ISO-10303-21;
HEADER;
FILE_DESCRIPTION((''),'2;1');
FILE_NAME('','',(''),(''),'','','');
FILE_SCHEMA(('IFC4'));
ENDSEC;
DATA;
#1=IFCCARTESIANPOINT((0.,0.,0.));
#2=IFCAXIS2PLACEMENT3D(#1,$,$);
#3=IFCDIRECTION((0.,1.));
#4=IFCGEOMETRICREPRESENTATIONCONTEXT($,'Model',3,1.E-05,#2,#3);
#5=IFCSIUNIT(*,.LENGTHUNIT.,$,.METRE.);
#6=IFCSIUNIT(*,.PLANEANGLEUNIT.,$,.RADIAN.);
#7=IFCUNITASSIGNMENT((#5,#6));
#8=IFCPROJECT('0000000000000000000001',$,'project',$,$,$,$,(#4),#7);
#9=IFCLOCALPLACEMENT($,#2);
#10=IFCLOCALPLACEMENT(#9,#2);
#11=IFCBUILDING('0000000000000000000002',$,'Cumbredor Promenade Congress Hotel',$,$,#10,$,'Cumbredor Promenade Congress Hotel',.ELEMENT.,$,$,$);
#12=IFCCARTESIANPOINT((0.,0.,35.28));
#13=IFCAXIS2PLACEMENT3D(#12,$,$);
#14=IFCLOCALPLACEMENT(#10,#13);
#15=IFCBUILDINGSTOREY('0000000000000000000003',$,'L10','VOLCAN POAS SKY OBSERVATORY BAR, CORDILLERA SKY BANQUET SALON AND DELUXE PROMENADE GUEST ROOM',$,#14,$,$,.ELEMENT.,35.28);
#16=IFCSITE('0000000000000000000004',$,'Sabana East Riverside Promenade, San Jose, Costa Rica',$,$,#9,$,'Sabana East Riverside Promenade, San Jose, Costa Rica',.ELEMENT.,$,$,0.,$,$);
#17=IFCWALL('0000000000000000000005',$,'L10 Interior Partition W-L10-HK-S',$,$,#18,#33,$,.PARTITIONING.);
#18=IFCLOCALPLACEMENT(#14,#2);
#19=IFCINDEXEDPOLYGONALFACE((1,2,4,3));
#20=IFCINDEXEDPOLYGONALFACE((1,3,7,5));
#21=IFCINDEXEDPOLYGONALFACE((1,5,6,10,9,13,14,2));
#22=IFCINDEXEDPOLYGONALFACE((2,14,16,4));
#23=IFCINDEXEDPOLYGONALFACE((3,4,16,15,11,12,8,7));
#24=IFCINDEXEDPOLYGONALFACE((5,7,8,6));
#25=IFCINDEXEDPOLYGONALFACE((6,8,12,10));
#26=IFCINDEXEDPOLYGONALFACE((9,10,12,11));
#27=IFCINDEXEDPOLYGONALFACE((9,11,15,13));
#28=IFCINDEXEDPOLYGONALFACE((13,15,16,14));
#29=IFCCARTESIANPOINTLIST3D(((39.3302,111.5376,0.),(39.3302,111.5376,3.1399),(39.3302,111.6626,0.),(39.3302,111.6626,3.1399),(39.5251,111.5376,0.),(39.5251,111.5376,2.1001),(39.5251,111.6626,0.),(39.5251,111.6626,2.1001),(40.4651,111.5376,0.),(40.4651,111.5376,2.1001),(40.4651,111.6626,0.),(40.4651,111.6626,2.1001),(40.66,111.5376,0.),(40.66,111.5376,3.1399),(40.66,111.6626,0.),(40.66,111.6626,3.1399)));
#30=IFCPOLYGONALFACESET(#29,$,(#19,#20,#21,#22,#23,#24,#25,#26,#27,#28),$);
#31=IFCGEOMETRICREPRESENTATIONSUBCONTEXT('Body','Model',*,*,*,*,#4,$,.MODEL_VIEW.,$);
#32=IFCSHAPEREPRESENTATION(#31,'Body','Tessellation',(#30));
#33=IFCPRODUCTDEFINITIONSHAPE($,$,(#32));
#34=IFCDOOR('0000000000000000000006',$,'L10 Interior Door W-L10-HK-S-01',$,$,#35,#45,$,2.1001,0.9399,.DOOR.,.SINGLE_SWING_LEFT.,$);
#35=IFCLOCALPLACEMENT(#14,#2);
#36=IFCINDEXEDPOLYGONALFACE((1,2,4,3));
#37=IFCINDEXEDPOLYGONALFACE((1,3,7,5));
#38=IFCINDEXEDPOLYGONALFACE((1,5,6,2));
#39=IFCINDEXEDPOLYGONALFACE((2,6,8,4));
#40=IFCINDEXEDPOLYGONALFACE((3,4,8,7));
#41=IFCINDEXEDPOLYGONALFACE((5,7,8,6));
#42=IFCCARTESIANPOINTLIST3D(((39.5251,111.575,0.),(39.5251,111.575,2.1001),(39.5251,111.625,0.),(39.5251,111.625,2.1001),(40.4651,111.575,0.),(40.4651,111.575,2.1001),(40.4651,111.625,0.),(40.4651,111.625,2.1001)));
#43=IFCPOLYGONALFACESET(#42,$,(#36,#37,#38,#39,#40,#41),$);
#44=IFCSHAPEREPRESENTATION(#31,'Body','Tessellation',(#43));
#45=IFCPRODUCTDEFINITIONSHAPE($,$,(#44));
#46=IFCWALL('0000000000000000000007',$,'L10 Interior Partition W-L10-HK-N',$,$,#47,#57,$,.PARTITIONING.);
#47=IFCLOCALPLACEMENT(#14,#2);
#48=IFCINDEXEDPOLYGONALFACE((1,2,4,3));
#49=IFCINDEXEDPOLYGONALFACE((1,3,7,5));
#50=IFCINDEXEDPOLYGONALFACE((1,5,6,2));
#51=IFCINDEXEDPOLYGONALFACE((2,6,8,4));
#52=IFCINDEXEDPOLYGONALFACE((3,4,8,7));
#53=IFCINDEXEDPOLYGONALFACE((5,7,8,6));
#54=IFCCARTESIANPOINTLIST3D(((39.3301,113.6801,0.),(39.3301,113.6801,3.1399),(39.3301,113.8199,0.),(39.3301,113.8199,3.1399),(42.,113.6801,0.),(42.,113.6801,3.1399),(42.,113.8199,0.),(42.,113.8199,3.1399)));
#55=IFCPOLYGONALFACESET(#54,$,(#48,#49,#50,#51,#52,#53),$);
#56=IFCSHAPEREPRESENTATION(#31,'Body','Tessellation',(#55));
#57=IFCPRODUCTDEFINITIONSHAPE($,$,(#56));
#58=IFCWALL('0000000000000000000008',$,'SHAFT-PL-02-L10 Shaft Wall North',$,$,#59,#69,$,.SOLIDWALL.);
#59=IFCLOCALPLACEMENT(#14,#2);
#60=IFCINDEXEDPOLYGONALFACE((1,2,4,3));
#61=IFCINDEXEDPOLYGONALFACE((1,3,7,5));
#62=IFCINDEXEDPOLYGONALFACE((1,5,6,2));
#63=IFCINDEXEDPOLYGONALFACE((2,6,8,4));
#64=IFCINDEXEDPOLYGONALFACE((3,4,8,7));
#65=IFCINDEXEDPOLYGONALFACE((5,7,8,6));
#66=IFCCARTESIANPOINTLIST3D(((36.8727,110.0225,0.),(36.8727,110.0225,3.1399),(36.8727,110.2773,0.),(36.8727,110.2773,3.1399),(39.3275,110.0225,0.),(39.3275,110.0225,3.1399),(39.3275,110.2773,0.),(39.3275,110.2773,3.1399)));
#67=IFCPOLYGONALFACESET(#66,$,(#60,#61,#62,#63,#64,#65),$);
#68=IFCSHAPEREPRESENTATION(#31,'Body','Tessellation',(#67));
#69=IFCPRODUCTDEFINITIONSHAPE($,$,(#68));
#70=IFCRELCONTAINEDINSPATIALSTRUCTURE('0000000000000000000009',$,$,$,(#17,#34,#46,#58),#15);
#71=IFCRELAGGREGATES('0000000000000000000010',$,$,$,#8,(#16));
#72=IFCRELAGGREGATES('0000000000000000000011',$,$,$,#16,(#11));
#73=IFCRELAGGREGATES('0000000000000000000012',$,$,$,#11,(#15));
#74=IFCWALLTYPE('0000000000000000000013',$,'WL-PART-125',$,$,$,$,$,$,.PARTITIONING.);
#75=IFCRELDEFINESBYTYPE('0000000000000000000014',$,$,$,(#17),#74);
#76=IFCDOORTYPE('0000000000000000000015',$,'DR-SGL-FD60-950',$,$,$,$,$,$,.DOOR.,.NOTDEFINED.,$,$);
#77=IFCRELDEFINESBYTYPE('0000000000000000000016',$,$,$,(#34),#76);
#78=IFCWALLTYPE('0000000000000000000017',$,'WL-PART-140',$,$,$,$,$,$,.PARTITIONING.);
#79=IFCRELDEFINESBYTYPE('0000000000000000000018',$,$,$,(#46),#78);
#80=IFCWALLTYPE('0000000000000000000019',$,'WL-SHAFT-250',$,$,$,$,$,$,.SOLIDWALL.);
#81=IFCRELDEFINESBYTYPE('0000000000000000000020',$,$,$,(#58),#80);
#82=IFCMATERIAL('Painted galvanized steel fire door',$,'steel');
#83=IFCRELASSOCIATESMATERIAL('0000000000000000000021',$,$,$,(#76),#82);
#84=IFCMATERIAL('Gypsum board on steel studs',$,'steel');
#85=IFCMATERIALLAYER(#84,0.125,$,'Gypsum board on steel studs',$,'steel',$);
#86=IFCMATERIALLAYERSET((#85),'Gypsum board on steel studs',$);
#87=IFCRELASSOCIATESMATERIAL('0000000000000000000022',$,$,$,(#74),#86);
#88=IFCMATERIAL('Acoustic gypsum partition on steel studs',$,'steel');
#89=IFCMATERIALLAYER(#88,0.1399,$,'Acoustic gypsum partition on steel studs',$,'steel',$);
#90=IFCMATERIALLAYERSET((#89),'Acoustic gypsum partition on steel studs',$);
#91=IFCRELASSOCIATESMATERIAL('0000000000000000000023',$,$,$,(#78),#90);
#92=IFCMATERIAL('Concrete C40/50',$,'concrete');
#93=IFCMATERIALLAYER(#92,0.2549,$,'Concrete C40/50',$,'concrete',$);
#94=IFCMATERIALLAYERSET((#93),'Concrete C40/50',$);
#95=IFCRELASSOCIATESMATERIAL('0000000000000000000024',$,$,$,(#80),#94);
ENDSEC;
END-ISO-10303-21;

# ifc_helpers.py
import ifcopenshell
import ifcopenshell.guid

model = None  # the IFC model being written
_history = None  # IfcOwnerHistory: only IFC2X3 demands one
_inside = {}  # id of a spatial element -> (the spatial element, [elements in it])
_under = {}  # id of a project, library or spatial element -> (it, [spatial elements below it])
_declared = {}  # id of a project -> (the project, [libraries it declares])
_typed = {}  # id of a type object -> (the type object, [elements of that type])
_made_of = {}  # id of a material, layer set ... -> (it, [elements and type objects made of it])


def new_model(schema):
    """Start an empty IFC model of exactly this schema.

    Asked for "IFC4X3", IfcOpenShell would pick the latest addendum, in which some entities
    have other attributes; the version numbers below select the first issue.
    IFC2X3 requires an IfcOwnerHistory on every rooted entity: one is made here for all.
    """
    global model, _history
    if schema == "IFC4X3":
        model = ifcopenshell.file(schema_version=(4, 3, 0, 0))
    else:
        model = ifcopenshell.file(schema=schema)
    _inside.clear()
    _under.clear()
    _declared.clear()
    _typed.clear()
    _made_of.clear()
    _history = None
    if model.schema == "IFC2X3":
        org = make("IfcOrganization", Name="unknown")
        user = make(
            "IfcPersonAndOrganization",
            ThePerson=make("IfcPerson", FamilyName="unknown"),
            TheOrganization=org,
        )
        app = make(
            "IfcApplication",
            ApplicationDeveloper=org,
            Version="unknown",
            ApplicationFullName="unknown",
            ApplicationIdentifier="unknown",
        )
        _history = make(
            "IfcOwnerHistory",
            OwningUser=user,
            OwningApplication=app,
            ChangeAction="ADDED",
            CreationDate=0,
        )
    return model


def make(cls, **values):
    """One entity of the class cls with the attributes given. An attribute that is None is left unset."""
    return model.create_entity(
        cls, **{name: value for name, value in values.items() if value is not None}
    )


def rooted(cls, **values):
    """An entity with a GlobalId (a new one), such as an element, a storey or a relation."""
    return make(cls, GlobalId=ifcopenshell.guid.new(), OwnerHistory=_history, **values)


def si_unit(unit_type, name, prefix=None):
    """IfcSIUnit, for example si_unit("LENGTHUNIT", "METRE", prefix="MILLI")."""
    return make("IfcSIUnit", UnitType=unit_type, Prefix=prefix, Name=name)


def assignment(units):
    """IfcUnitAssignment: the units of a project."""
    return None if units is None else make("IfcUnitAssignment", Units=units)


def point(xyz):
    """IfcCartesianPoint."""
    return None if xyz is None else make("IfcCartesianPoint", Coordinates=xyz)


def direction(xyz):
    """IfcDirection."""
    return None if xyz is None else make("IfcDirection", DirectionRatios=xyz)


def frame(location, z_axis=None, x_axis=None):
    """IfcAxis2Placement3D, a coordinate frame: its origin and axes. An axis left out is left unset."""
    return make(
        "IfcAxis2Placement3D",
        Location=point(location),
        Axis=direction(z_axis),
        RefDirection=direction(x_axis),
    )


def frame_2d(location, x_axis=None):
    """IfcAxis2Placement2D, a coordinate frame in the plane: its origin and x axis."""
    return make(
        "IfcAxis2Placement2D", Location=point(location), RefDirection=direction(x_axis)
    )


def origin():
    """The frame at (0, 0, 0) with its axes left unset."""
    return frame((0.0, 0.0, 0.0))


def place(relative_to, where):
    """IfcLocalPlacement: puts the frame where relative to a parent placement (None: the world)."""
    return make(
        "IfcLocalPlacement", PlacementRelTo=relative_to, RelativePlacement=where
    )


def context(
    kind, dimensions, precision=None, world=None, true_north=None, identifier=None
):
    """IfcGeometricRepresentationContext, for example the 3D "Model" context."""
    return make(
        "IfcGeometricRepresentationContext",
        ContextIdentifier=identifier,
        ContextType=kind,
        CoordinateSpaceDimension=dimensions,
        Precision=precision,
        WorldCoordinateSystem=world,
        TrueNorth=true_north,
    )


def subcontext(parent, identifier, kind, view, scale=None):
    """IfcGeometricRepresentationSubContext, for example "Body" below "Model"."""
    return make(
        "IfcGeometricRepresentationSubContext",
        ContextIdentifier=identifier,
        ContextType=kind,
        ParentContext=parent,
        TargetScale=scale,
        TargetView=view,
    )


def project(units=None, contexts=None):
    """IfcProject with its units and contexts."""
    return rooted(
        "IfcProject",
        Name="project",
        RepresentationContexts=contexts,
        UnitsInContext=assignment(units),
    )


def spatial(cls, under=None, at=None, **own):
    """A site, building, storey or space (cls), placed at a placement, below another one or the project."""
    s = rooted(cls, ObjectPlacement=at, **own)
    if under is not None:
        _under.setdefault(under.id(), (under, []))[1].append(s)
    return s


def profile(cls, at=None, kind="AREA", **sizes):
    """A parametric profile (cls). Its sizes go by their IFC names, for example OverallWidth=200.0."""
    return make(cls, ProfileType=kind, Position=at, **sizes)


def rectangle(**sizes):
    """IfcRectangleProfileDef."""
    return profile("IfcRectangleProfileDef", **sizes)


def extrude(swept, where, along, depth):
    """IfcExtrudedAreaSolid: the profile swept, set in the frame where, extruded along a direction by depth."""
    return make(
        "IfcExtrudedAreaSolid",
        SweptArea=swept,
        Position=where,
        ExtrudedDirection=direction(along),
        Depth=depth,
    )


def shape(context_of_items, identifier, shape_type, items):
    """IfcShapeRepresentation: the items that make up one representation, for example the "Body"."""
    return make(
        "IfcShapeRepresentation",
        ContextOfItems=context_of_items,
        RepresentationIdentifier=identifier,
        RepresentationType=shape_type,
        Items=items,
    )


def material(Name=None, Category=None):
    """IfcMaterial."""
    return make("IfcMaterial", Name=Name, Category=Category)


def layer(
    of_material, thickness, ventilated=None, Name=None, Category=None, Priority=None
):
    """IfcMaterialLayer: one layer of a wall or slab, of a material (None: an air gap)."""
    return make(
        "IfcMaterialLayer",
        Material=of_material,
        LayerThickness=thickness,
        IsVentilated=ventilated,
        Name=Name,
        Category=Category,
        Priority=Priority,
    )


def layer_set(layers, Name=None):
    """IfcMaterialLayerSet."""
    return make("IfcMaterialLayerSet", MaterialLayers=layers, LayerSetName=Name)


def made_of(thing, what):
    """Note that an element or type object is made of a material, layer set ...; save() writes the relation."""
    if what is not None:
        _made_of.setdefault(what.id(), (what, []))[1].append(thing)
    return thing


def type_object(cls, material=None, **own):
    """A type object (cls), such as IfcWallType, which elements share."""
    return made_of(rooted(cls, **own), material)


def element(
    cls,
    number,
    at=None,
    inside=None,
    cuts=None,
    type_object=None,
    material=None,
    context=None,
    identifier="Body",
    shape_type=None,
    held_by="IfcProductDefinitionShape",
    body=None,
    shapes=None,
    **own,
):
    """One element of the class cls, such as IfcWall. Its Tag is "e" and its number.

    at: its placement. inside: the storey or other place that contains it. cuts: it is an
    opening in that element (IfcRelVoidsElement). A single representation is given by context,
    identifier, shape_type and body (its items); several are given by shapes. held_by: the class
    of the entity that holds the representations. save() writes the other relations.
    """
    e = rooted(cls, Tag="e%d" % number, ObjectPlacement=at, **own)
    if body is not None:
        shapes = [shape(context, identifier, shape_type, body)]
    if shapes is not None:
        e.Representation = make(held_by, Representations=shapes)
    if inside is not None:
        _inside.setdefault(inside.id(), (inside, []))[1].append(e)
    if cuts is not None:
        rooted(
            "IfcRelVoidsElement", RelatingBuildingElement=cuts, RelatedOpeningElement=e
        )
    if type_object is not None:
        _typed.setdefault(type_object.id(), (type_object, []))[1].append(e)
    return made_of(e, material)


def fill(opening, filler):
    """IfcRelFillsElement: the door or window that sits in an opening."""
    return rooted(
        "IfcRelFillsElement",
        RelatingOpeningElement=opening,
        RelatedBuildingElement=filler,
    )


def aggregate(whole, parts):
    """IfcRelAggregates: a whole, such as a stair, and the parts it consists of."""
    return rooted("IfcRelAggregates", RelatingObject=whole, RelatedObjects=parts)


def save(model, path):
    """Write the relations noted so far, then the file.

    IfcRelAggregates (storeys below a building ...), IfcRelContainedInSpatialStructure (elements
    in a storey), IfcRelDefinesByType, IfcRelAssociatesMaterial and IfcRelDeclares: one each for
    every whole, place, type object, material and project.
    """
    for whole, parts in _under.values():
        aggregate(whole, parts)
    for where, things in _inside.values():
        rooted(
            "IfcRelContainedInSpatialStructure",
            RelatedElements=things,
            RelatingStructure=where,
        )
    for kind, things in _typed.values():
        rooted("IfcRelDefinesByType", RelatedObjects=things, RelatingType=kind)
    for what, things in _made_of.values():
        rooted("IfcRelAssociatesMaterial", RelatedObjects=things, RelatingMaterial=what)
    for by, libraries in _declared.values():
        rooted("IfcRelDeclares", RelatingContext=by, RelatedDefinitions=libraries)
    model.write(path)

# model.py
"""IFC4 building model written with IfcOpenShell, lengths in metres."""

from ifc_helpers import new_model, si_unit, direction, frame, frame_2d, origin, place, context, subcontext, project, spatial, rectangle, extrude, material, layer, layer_set, type_object, element, fill, save


model = new_model("IFC4")

# Units and contexts
model_context = context("Model", 3, precision=1e-05, world=origin(), true_north=direction((0.0, 1.0)))
body_context = subcontext(model_context, "Body", "Model", "MODEL_VIEW")
ifc_project = project(units=[si_unit("LENGTHUNIT", "METRE"), si_unit("PLANEANGLEUNIT", "RADIAN")], contexts=[model_context])

# Site, building, storey
site_placement = place(None, origin())
site = spatial("IfcSite", under=ifc_project, at=site_placement, Name="Sabana East Riverside Promenade, San Jose, Costa Rica", LongName="Sabana East Riverside Promenade, San Jose, Costa Rica", CompositionType="ELEMENT", RefElevation=0.0)
building_placement = place(site_placement, origin())
building = spatial("IfcBuilding", under=site, at=building_placement, Name="Cumbredor Promenade Congress Hotel", LongName="Cumbredor Promenade Congress Hotel", CompositionType="ELEMENT")
storey_placement = place(building_placement, frame((0.0, 0.0, 35.28)))
storey = spatial("IfcBuildingStorey", under=building, at=storey_placement, Name="L10", Description="VOLCAN POAS SKY OBSERVATORY BAR, CORDILLERA SKY BANQUET SALON AND DELUXE PROMENADE GUEST ROOM", CompositionType="ELEMENT", Elevation=35.28)

# Shared definitions
ifc_material_1 = material(Name="Concrete C40/50", Category="concrete")

# Shared definitions
ifc_material_2 = material(Name="Painted galvanized steel fire door", Category="steel")
door_type = type_object("IfcDoorType", Name="DR-SGL-FD60-950", OperationType="NOTDEFINED", PredefinedType="DOOR", material=ifc_material_2)

# Wall, opening, door
ifc_material_3 = material(Name="Gypsum board on steel studs", Category="steel")
ifc_layer_1 = layer(ifc_material_3, 0.125, Name="Gypsum board on steel studs", Category="steel")
ifc_layer_set_1 = layer_set([ifc_layer_1], Name="Gypsum board on steel studs")
wall_type_1 = type_object("IfcWallType", Name="WL-PART-125", PredefinedType="PARTITIONING", material=ifc_layer_set_1)
wall_1_placement = place(storey_placement, frame((39.3301, 111.6001, 0.0), z_axis=(0.0, 0.0, 1.0), x_axis=(1.0, 0.0, 0.0)))
wall_1 = element("IfcWall", 1, at=wall_1_placement, inside=storey, type_object=wall_type_1, Name="L10 Interior Partition W-L10-HK-S", PredefinedType="PARTITIONING", context=body_context, shape_type="SweptSolid", body=[
    extrude(rectangle(XDim=1.3298, YDim=0.125, at=frame_2d((0.665, 0.0))), origin(), (0.0, 0.0, 1.0), 3.1399),
])
opening_1_placement = place(wall_1_placement, frame((0.1951, 0.0, 0.0)))
opening_1 = element("IfcOpeningElement", 2, at=opening_1_placement, cuts=wall_1, PredefinedType="OPENING", context=body_context, shape_type="SweptSolid", body=[
    extrude(rectangle(XDim=0.9399, YDim=2.1001, at=frame_2d((0.47, 1.05))), frame((0.0, 0.0725, 0.0), z_axis=(0.0, -1.0, 0.0), x_axis=(1.0, 0.0, 0.0)), (0.0, 0.0, 1.0), 0.145),
])
door_1_placement = place(opening_1_placement, origin())
door_1 = element("IfcDoor", 3, at=door_1_placement, inside=storey, type_object=door_type, Name="L10 Interior Door W-L10-HK-S-01", OperationType="SINGLE_SWING_LEFT", OverallHeight=2.1001, OverallWidth=0.9399, PredefinedType="DOOR", context=body_context, shape_type="SweptSolid", body=[
    extrude(rectangle(XDim=0.9399, YDim=2.1001, at=frame_2d((0.47, 1.05))), frame((0.0, 0.0249, 0.0), z_axis=(0.0, -1.0, 0.0), x_axis=(1.0, 0.0, 0.0)), (0.0, 0.0, 1.0), 0.05),
])
fill(opening_1, door_1)

# Walls
ifc_material_4 = material(Name="Acoustic gypsum partition on steel studs", Category="steel")
ifc_layer_2 = layer(ifc_material_4, 0.1399, Name="Acoustic gypsum partition on steel studs", Category="steel")
ifc_layer_set_2 = layer_set([ifc_layer_2], Name="Acoustic gypsum partition on steel studs")
wall_type_2 = type_object("IfcWallType", Name="WL-PART-140", PredefinedType="PARTITIONING", material=ifc_layer_set_2)
wall_2_placement = place(storey_placement, frame((39.3301, 113.75, 0.0), z_axis=(0.0, 0.0, 1.0), x_axis=(1.0, 0.0, 0.0)))
element("IfcWall", 4, at=wall_2_placement, inside=storey, type_object=wall_type_2, Name="L10 Interior Partition W-L10-HK-N", PredefinedType="PARTITIONING", context=body_context, shape_type="SweptSolid", body=[
    extrude(rectangle(XDim=2.6699, YDim=0.1399, at=frame_2d((1.335, 0.0))), origin(), (0.0, 0.0, 1.0), 3.1399),
])
ifc_layer_3 = layer(ifc_material_1, 0.2549, Name="Concrete C40/50", Category="concrete")
ifc_layer_set_3 = layer_set([ifc_layer_3], Name="Concrete C40/50")
wall_type_3 = type_object("IfcWallType", Name="WL-SHAFT-250", PredefinedType="SOLIDWALL", material=ifc_layer_set_3)
wall_3_placement = place(storey_placement, frame((36.8726, 110.1499, 0.0), z_axis=(0.0, 0.0, 1.0), x_axis=(1.0, 0.0, 0.0)))
element("IfcWall", 5, at=wall_3_placement, inside=storey, type_object=wall_type_3, Name="SHAFT-PL-02-L10 Shaft Wall North", PredefinedType="SOLIDWALL", context=body_context, shape_type="SweptSolid", body=[
    extrude(rectangle(XDim=2.4548, YDim=0.2549, at=frame_2d((1.2275, 0.0))), origin(), (0.0, 0.0, 1.0), 3.1399),
])

save(model, "model.ifc")
